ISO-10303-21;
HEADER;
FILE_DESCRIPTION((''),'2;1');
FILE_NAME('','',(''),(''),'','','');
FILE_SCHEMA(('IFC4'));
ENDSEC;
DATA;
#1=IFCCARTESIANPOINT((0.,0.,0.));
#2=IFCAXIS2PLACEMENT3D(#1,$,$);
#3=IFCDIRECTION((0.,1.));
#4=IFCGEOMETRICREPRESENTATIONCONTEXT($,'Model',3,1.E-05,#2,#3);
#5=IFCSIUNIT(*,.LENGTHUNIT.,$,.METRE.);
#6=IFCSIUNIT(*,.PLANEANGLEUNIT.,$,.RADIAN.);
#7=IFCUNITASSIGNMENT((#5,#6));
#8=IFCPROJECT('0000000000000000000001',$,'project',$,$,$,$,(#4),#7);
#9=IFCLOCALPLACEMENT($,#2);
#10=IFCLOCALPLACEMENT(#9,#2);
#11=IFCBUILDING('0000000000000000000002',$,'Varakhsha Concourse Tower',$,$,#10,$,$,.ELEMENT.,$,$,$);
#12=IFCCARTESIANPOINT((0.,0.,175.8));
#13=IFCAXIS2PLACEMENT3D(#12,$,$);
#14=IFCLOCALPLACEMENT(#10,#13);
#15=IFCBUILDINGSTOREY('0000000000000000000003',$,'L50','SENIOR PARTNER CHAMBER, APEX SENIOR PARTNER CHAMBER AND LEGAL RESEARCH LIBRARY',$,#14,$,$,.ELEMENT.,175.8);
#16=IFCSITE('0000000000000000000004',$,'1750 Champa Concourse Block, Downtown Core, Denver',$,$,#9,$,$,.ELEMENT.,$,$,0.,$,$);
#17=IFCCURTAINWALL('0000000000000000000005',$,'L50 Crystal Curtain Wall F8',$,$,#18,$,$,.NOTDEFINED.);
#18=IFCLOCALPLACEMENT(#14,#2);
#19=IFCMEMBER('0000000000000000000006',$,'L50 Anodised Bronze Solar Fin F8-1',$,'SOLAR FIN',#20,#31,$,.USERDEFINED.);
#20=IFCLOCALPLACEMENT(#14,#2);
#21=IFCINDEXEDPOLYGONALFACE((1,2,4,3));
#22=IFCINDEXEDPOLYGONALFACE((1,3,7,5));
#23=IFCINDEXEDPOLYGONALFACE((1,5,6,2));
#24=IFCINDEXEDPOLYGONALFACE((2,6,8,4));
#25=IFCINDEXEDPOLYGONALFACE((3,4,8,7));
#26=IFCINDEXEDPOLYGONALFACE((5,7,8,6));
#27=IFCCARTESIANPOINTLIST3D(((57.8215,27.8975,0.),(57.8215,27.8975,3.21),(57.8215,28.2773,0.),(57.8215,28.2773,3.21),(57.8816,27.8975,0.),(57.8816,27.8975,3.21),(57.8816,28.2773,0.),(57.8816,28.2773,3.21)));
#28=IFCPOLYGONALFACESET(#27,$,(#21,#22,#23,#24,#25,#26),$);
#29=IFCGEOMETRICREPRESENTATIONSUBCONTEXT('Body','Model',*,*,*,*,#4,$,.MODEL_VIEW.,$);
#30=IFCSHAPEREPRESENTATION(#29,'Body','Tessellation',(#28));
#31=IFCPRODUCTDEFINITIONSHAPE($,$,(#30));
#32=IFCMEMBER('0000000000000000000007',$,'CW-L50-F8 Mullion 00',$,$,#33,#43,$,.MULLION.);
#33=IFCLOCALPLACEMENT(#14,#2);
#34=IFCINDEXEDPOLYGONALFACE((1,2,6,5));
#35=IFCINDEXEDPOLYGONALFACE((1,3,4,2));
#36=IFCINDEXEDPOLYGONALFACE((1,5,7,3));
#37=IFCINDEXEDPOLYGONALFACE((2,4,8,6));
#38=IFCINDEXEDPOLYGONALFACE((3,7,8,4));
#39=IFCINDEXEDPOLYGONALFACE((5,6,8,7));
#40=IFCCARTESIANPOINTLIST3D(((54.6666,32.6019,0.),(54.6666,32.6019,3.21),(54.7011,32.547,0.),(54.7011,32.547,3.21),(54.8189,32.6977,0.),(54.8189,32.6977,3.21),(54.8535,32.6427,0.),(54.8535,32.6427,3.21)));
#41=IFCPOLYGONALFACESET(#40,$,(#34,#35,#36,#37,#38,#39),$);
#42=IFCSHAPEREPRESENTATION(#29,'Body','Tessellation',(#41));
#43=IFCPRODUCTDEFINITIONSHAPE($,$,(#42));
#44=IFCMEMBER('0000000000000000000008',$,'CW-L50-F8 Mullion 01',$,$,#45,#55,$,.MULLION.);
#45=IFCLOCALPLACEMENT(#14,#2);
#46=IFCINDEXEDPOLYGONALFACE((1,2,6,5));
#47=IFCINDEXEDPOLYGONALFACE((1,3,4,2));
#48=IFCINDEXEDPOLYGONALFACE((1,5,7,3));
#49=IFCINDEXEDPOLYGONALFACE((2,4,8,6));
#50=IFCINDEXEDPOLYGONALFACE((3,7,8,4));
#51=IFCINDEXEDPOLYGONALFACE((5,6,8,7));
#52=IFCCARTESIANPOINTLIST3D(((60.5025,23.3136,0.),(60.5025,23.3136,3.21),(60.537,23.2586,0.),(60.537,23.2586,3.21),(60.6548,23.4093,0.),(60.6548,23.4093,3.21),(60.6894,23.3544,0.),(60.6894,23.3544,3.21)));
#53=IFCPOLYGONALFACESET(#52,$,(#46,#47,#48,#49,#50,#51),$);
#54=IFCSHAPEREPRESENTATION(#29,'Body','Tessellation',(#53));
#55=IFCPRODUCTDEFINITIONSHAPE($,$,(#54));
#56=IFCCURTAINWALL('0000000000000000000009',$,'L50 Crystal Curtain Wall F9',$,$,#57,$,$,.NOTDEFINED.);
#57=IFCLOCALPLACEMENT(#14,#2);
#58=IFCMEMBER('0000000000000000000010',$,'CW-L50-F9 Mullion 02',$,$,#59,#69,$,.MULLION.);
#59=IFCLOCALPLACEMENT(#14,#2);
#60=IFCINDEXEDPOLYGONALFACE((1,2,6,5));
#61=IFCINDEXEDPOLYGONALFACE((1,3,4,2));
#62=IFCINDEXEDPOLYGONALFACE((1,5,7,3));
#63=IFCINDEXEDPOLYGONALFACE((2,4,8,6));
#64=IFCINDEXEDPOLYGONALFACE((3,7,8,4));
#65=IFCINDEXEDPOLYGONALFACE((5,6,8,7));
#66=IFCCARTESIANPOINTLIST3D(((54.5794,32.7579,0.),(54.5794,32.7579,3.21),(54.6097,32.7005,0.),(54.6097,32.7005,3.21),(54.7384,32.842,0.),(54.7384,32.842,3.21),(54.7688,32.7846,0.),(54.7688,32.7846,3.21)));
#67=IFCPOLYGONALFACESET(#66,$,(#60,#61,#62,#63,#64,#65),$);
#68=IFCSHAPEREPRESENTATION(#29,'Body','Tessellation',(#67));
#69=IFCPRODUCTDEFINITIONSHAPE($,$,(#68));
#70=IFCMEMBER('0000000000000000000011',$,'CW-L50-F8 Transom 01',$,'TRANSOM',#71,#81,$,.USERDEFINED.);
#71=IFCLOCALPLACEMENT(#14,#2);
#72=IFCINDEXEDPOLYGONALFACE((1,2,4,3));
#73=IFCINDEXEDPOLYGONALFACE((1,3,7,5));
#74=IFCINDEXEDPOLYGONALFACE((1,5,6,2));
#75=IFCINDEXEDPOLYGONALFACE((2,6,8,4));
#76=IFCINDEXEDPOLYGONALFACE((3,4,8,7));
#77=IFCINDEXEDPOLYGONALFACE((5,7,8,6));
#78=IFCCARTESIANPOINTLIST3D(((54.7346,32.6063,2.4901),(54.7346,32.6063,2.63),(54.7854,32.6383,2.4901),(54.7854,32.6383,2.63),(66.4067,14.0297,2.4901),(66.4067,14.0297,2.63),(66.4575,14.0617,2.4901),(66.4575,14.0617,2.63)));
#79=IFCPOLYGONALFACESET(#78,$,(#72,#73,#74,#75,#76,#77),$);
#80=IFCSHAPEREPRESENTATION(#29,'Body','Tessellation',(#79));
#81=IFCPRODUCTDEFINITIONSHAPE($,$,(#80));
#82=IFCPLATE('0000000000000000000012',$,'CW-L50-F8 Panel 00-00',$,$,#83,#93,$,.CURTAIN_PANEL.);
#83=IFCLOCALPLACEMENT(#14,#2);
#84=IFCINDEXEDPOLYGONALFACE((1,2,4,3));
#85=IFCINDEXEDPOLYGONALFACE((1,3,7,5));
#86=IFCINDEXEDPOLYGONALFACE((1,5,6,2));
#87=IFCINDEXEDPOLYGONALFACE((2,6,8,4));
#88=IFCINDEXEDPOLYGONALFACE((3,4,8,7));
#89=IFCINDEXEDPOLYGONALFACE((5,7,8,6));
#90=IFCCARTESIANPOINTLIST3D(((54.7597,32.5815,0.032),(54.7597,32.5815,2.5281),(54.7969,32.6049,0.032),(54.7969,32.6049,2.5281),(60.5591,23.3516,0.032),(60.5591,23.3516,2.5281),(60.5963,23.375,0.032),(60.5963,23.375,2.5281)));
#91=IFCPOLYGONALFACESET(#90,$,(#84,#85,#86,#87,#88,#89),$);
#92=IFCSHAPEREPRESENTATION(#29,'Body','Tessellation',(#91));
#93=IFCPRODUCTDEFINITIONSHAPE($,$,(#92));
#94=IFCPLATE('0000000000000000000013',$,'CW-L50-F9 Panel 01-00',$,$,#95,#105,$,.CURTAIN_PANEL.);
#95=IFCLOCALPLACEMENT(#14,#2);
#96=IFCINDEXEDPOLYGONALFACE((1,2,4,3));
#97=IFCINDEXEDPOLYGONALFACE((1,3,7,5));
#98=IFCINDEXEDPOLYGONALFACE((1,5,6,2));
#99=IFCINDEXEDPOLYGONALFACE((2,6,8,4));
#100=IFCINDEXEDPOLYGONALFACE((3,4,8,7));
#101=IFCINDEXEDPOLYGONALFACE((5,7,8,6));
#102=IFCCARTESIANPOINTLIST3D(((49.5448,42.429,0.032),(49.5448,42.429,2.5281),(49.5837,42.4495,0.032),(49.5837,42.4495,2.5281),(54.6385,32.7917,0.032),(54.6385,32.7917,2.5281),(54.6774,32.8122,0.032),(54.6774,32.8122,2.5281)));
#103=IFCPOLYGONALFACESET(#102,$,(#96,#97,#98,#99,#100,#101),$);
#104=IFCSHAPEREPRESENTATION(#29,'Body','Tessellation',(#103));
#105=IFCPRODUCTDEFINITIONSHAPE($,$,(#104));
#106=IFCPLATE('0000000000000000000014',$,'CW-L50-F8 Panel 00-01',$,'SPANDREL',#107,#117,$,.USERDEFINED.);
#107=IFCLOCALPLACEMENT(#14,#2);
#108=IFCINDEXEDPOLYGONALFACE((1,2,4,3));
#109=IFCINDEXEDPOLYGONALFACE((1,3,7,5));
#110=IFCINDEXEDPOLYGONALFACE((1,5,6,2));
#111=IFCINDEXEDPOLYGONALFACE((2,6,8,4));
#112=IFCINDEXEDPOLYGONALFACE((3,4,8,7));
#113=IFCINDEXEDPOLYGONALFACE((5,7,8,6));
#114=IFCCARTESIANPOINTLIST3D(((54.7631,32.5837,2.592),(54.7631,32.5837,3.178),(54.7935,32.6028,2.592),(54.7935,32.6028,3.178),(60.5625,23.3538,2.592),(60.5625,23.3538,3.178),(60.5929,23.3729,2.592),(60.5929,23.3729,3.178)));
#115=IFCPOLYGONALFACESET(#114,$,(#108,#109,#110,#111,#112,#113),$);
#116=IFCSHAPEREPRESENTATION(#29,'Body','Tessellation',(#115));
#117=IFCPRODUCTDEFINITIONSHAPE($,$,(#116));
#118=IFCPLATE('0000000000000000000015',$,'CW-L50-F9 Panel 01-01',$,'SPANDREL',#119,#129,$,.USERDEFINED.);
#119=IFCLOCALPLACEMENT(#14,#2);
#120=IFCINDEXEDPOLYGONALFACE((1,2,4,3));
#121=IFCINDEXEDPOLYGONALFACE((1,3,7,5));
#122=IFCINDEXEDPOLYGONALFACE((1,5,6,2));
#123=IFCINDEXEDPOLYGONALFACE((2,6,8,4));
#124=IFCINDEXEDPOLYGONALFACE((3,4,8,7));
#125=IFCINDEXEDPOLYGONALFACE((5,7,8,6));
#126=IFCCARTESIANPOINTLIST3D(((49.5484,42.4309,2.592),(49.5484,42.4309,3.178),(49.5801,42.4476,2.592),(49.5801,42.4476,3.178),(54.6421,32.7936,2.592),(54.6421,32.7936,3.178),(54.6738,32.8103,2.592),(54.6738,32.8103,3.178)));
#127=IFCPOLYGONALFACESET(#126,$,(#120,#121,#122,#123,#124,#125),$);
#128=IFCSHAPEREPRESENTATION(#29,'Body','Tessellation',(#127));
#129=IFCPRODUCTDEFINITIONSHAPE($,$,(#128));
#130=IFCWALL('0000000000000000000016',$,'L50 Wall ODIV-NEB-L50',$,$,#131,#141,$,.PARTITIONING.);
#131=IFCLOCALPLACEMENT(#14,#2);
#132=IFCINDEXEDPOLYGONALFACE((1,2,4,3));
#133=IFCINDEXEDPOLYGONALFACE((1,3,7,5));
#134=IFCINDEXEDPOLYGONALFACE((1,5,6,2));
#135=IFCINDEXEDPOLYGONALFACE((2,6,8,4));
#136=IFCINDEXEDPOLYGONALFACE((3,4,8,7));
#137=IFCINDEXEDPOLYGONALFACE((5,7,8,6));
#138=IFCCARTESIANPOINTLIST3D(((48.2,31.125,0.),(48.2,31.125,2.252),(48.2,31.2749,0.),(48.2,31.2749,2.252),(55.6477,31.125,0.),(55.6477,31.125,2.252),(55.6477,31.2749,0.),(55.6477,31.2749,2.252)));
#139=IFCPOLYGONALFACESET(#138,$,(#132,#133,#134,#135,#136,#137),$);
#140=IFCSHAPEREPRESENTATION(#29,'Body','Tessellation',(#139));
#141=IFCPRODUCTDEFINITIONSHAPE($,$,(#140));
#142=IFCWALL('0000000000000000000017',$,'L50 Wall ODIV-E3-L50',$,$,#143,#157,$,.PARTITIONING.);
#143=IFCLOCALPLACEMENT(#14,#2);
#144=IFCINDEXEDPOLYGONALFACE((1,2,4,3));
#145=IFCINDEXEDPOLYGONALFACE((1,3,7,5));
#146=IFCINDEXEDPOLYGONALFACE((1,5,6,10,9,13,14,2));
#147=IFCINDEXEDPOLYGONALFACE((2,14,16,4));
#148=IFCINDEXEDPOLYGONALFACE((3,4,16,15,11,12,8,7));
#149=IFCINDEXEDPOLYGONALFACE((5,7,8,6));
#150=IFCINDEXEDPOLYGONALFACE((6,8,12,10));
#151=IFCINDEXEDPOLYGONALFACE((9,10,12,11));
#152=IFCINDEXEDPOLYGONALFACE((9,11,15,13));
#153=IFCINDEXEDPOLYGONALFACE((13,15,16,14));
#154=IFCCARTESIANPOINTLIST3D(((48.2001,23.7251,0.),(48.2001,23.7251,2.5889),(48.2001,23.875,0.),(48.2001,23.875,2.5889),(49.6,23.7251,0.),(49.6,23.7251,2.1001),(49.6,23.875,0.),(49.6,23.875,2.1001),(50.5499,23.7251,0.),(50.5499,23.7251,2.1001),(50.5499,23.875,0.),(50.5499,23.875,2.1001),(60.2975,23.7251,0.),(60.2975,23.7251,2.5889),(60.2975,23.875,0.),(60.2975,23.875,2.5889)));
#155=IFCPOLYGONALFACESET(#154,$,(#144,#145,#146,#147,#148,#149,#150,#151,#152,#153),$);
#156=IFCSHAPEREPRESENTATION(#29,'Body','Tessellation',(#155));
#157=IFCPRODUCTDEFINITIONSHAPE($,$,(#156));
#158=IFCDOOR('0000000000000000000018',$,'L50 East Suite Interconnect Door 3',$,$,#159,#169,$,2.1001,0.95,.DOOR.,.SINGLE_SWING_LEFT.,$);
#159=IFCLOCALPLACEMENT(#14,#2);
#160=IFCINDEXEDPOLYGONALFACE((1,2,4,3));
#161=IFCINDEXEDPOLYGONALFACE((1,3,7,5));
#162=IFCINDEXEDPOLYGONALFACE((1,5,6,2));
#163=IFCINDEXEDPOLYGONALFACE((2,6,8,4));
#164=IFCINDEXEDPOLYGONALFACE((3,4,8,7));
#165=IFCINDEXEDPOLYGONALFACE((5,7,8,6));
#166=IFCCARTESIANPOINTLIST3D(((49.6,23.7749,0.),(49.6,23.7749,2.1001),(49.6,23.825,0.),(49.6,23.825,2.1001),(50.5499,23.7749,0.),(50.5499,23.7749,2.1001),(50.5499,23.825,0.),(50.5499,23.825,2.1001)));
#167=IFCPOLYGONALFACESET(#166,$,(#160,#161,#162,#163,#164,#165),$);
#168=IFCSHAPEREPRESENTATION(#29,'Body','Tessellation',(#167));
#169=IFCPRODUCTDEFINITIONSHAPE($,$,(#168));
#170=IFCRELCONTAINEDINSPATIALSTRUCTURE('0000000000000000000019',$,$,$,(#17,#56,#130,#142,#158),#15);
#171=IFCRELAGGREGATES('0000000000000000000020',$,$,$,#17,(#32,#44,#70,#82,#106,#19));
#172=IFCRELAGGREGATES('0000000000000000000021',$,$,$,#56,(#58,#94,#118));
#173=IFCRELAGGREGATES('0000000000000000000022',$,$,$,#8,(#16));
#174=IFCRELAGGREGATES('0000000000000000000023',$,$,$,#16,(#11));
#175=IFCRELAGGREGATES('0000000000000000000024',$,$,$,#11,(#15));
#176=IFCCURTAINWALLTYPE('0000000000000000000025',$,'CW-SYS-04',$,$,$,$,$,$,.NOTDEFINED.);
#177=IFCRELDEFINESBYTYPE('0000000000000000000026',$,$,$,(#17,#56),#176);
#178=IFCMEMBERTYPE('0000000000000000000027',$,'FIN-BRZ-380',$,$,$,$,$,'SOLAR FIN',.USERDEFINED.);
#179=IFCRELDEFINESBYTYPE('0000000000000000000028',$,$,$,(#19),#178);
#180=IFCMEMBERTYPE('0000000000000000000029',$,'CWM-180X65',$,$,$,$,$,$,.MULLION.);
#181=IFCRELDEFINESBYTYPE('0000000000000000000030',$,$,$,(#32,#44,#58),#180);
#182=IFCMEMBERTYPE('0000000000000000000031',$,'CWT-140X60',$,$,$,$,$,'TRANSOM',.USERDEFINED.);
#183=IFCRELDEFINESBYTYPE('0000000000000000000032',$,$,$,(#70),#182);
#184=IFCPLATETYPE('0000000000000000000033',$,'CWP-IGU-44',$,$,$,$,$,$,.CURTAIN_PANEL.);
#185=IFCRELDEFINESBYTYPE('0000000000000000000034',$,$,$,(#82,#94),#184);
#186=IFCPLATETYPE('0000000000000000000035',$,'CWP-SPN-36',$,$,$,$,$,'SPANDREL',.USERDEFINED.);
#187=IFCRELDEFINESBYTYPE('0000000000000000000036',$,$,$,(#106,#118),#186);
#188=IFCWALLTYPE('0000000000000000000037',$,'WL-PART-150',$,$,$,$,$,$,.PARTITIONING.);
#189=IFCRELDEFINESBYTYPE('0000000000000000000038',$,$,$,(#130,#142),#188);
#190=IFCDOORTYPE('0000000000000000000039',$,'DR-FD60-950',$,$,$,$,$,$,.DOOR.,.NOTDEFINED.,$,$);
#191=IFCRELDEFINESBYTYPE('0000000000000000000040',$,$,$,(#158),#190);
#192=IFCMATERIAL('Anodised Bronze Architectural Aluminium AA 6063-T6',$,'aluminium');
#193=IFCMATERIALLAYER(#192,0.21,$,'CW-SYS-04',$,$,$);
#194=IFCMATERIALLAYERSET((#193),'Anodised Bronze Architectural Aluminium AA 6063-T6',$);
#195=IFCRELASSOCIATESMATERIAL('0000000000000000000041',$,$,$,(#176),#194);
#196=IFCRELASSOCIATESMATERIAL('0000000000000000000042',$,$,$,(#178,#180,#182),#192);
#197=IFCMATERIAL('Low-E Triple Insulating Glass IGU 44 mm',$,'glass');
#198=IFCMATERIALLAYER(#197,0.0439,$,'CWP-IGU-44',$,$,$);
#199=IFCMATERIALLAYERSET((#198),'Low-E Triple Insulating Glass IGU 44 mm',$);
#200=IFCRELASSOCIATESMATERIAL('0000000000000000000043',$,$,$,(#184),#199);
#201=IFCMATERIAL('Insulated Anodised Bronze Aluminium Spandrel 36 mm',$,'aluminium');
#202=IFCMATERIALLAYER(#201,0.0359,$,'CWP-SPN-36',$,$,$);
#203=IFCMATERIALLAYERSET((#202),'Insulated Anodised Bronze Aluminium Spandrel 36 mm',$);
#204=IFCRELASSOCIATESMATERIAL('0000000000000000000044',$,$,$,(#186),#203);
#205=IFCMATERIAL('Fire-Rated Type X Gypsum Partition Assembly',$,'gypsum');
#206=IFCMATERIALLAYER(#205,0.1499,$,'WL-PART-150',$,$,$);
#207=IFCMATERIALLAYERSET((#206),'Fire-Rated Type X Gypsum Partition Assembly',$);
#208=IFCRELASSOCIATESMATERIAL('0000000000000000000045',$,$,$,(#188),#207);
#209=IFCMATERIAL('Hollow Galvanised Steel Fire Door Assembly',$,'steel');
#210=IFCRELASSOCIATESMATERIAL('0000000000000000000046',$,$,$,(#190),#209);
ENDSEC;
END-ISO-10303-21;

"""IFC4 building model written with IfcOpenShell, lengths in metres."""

from ifc_helpers import new_model, si_unit, direction, frame, frame_2d, origin, origin_2d, place, context, subcontext, project, spatial, rectangle, extrude, source, transform, mapped, material, layer, layer_set, material_profile, profile_set, type_object, type_shapes, element, fill, aggregate, save


model = new_model("IFC4")

# Units and contexts
model_context = context("Model", 3, precision=1e-05, world=origin(), true_north=direction((0.0, 1.0)))
body_context = subcontext(model_context, "Body", "Model", "MODEL_VIEW")
ifc_project = project(units=[si_unit("LENGTHUNIT", "METRE"), si_unit("PLANEANGLEUNIT", "RADIAN")], contexts=[model_context])

# Site, building, storey
site_placement = place(None, origin())
site = spatial("IfcSite", under=ifc_project, at=site_placement, Name="1750 Champa Concourse Block, Downtown Core, Denver", CompositionType="ELEMENT", RefElevation=0.0)
building_placement = place(site_placement, origin())
building = spatial("IfcBuilding", under=site, at=building_placement, Name="Varakhsha Concourse Tower", CompositionType="ELEMENT")
storey_placement = place(building_placement, frame((0.0, 0.0, 175.8)))
storey = spatial("IfcBuildingStorey", under=building, at=storey_placement, Name="L50", Description="SENIOR PARTNER CHAMBER, APEX SENIOR PARTNER CHAMBER AND LEGAL RESEARCH LIBRARY", CompositionType="ELEMENT", Elevation=175.8)

# Curtain wall, members
ifc_material_1 = material(Name="Anodised Bronze Architectural Aluminium AA 6063-T6", Category="aluminium")
ifc_layer_1 = layer(ifc_material_1, 0.21, Name="CW-SYS-04")
ifc_layer_set_1 = layer_set([ifc_layer_1], Name="Anodised Bronze Architectural Aluminium AA 6063-T6")
curtain_wall_type = type_object("IfcCurtainWallType", Name="CW-SYS-04", PredefinedType="NOTDEFINED", material=ifc_layer_set_1)
curtain_wall_1_placement = place(storey_placement, origin())
curtain_wall_1 = element("IfcCurtainWall", 1, at=curtain_wall_1_placement, inside=storey, type_object=curtain_wall_type, Name="L50 Crystal Curtain Wall F8", PredefinedType="NOTDEFINED")
ifc_material_profile_1 = material_profile(ifc_material_1, rectangle(XDim=0.0601, YDim=0.3799, at=origin_2d()), Name="FIN-BRZ-380")
ifc_profile_set_1 = profile_set([ifc_material_profile_1], Name="Anodised Bronze Architectural Aluminium AA 6063-T6")
member_type_1 = type_object("IfcMemberType", Name="FIN-BRZ-380", ElementType="SOLAR FIN", PredefinedType="USERDEFINED", material=ifc_profile_set_1)
shared_shape_1 = source(origin(), body_context, "Body", "SweptSolid", [
    extrude(rectangle(XDim=0.0601, YDim=0.3799, at=origin_2d()), origin(), (0.0, 0.0, 1.0), 3.21),
])
type_shapes(member_type_1, [shared_shape_1])
member_1_placement = place(storey_placement, frame((57.8516, 28.0874, 0.0), z_axis=(0.0, 0.0, 1.0), x_axis=(1.0, 0.0, 0.0)))
member_1 = element("IfcMember", 2, at=member_1_placement, type_object=member_type_1, Name="L50 Anodised Bronze Solar Fin F8-1", ObjectType="SOLAR FIN", PredefinedType="USERDEFINED", context=body_context, shape_type="MappedRepresentation", body=[
    mapped(shared_shape_1, transform((0.0, 0.0, 0.0), scale=1.0)),
])
ifc_material_profile_2 = material_profile(ifc_material_1, rectangle(XDim=0.0649, YDim=0.1799, at=origin_2d()), Name="CWM-180X65")
ifc_profile_set_2 = profile_set([ifc_material_profile_2], Name="Anodised Bronze Architectural Aluminium AA 6063-T6")
member_type_2 = type_object("IfcMemberType", Name="CWM-180X65", PredefinedType="MULLION", material=ifc_profile_set_2)
shared_shape_2 = source(origin(), body_context, "Body", "SweptSolid", [
    extrude(rectangle(XDim=0.0649, YDim=0.1799, at=origin_2d()), origin(), (0.0, 0.0, 1.0), 3.21),
])
type_shapes(member_type_2, [shared_shape_2])
member_2_placement = place(storey_placement, frame((54.76, 32.6223, 0.0), z_axis=(0.0, 0.0, 1.0), x_axis=(0.532022, -0.84673, 0.0)))
member_2 = element("IfcMember", 3, at=member_2_placement, type_object=member_type_2, Name="CW-L50-F8 Mullion 00", PredefinedType="MULLION", context=body_context, shape_type="MappedRepresentation", body=[
    mapped(shared_shape_2, transform((0.0, 0.0, 0.0), scale=1.0)),
])
member_3_placement = place(storey_placement, frame((60.5959, 23.334, 0.0), z_axis=(0.0, 0.0, 1.0), x_axis=(0.532022, -0.84673, 0.0)))
member_3 = element("IfcMember", 4, at=member_3_placement, type_object=member_type_2, Name="CW-L50-F8 Mullion 01", PredefinedType="MULLION", context=body_context, shape_type="MappedRepresentation", body=[
    mapped(shared_shape_2, transform((0.0, 0.0, 0.0), scale=1.0)),
])

# Curtain wall, member
curtain_wall_2_placement = place(storey_placement, origin())
curtain_wall_2 = element("IfcCurtainWall", 5, at=curtain_wall_2_placement, inside=storey, type_object=curtain_wall_type, Name="L50 Crystal Curtain Wall F9", PredefinedType="NOTDEFINED")
member_4_placement = place(storey_placement, frame((54.6741, 32.7712, 0.0), z_axis=(0.0, 0.0, 1.0), x_axis=(0.467286, -0.884106, 0.0)))
member_4 = element("IfcMember", 6, at=member_4_placement, type_object=member_type_2, Name="CW-L50-F9 Mullion 02", PredefinedType="MULLION", context=body_context, shape_type="MappedRepresentation", body=[
    mapped(shared_shape_2, transform((0.0, 0.0, 0.0), scale=1.0)),
])

# Member
ifc_material_profile_3 = material_profile(ifc_material_1, rectangle(XDim=0.0601, YDim=0.1399, at=origin_2d()), Name="CWT-140X60")
ifc_profile_set_3 = profile_set([ifc_material_profile_3], Name="Anodised Bronze Architectural Aluminium AA 6063-T6")
member_type_3 = type_object("IfcMemberType", Name="CWT-140X60", ElementType="TRANSOM", PredefinedType="USERDEFINED", material=ifc_profile_set_3)
shared_shape_3 = source(origin(), body_context, "Body", "SweptSolid", [
    extrude(rectangle(XDim=0.0601, YDim=0.1399, at=origin_2d()), origin(), (0.0, 0.0, 1.0), 21.9392),
])
type_shapes(member_type_3, [shared_shape_3])
member_5_placement = place(storey_placement, frame((54.76, 32.6223, 2.5601), z_axis=(0.53202, -0.846732, 0.0), x_axis=(0.846732, 0.53202, 0.0)))
member_5 = element("IfcMember", 7, at=member_5_placement, type_object=member_type_3, Name="CW-L50-F8 Transom 01", ObjectType="TRANSOM", PredefinedType="USERDEFINED", context=body_context, shape_type="MappedRepresentation", body=[
    mapped(shared_shape_3, transform((0.0, 0.0, 0.0), scale=1.0)),
])

# Plates
ifc_material_2 = material(Name="Low-E Triple Insulating Glass IGU 44 mm", Category="glass")
ifc_layer_2 = layer(ifc_material_2, 0.0439, Name="CWP-IGU-44")
ifc_layer_set_2 = layer_set([ifc_layer_2], Name="Low-E Triple Insulating Glass IGU 44 mm")
plate_type_1 = type_object("IfcPlateType", Name="CWP-IGU-44", PredefinedType="CURTAIN_PANEL", material=ifc_layer_set_2)
shared_shape_4 = source(origin(), body_context, "Body", "SweptSolid", [
    extrude(rectangle(XDim=10.9006, YDim=0.0439, at=origin_2d()), origin(), (0.0, 0.0, 1.0), 2.4961),
])
type_shapes(plate_type_1, [shared_shape_4])
plate_1_placement = place(storey_placement, frame((57.678, 27.9783, 0.032), z_axis=(0.0, 0.0, 1.0), x_axis=(0.532022, -0.84673, 0.0)))
plate_1 = element("IfcPlate", 8, at=plate_1_placement, type_object=plate_type_1, Name="CW-L50-F8 Panel 00-00", PredefinedType="CURTAIN_PANEL", context=body_context, shape_type="MappedRepresentation", body=[
    mapped(shared_shape_4, transform((0.0, 0.0, 0.0), scale=1.0)),
])
plate_2_placement = place(storey_placement, frame((52.1111, 37.6206, 0.032), z_axis=(0.0, 0.0, 1.0), x_axis=(0.467286, -0.884106, 0.0)))
plate_2 = element("IfcPlate", 9, at=plate_2_placement, type_object=plate_type_1, Name="CW-L50-F9 Panel 01-00", PredefinedType="CURTAIN_PANEL", context=body_context, shape_type="MappedRepresentation", body=[
    mapped(shared_shape_4, transform((0.0, 0.0, 0.0), scale=1.0)),
])
ifc_material_3 = material(Name="Insulated Anodised Bronze Aluminium Spandrel 36 mm", Category="aluminium")
ifc_layer_3 = layer(ifc_material_3, 0.0359, Name="CWP-SPN-36")
ifc_layer_set_3 = layer_set([ifc_layer_3], Name="Insulated Anodised Bronze Aluminium Spandrel 36 mm")
plate_type_2 = type_object("IfcPlateType", Name="CWP-SPN-36", ElementType="SPANDREL", PredefinedType="USERDEFINED", material=ifc_layer_set_3)
shared_shape_5 = source(origin(), body_context, "Body", "SweptSolid", [
    extrude(rectangle(XDim=10.9006, YDim=0.0359, at=origin_2d()), origin(), (0.0, 0.0, 1.0), 0.5859),
])
type_shapes(plate_type_2, [shared_shape_5])
plate_3_placement = place(storey_placement, frame((57.678, 27.9783, 2.592), z_axis=(0.0, 0.0, 1.0), x_axis=(0.532022, -0.84673, 0.0)))
plate_3 = element("IfcPlate", 10, at=plate_3_placement, type_object=plate_type_2, Name="CW-L50-F8 Panel 00-01", ObjectType="SPANDREL", PredefinedType="USERDEFINED", context=body_context, shape_type="MappedRepresentation", body=[
    mapped(shared_shape_5, transform((0.0, 0.0, 0.0), scale=1.0)),
])
aggregate(curtain_wall_1, [member_2, member_3, member_5, plate_1, plate_3, member_1])
plate_4_placement = place(storey_placement, frame((52.1111, 37.6206, 2.592), z_axis=(0.0, 0.0, 1.0), x_axis=(0.467286, -0.884106, 0.0)))
plate_4 = element("IfcPlate", 11, at=plate_4_placement, type_object=plate_type_2, Name="CW-L50-F9 Panel 01-01", ObjectType="SPANDREL", PredefinedType="USERDEFINED", context=body_context, shape_type="MappedRepresentation", body=[
    mapped(shared_shape_5, transform((0.0, 0.0, 0.0), scale=1.0)),
])
aggregate(curtain_wall_2, [member_4, plate_2, plate_4])

# Wall
ifc_material_4 = material(Name="Fire-Rated Type X Gypsum Partition Assembly", Category="gypsum")
ifc_layer_4 = layer(ifc_material_4, 0.1499, Name="WL-PART-150")
ifc_layer_set_4 = layer_set([ifc_layer_4], Name="Fire-Rated Type X Gypsum Partition Assembly")
wall_type_1 = type_object("IfcWallType", Name="WL-PART-150", PredefinedType="PARTITIONING", material=ifc_layer_set_4)
wall_1_placement = place(storey_placement, frame((48.2, 31.2, 0.0), z_axis=(0.0, 0.0, 1.0), x_axis=(1.0, 0.0, 0.0)))
element("IfcWall", 12, at=wall_1_placement, inside=storey, type_object=wall_type_1, Name="L50 Wall ODIV-NEB-L50", PredefinedType="PARTITIONING", context=body_context, shape_type="SweptSolid", body=[
    extrude(rectangle(XDim=7.4478, YDim=0.1499, at=frame_2d((3.7239, 0.0))), origin(), (0.0, 0.0, 1.0), 2.252),
])

# Wall, opening, door
wall_2_placement = place(storey_placement, frame((48.2, 23.8, 0.0), z_axis=(0.0, 0.0, 1.0), x_axis=(1.0, 0.0, 0.0)))
wall_2 = element("IfcWall", 13, at=wall_2_placement, inside=storey, type_object=wall_type_1, Name="L50 Wall ODIV-E3-L50", PredefinedType="PARTITIONING", context=body_context, shape_type="SweptSolid", body=[
    extrude(rectangle(XDim=12.0974, YDim=0.1499, at=frame_2d((6.0488, 0.0))), origin(), (0.0, 0.0, 1.0), 2.5889),
])
opening_placement = place(wall_2_placement, frame((1.3999, 0.0, 0.0)))
opening = element("IfcOpeningElement", 14, at=opening_placement, cuts=wall_2, PredefinedType="OPENING", context=body_context, shape_type="SweptSolid", body=[
    extrude(rectangle(XDim=0.95, YDim=2.1001, at=frame_2d((0.4751, 1.05))), frame((0.0, 0.085, 0.0), z_axis=(0.0, -1.0, 0.0), x_axis=(1.0, 0.0, 0.0)), (0.0, 0.0, 1.0), 0.1699),
])
ifc_material_5 = material(Name="Hollow Galvanised Steel Fire Door Assembly", Category="steel")
door_type = type_object("IfcDoorType", Name="DR-FD60-950", OperationType="NOTDEFINED", PredefinedType="DOOR", material=ifc_material_5)
door_placement = place(opening_placement, origin())
door = element("IfcDoor", 15, at=door_placement, inside=storey, type_object=door_type, Name="L50 East Suite Interconnect Door 3", OperationType="SINGLE_SWING_LEFT", OverallHeight=2.1001, OverallWidth=0.95, PredefinedType="DOOR", context=body_context, shape_type="SweptSolid", body=[
    extrude(rectangle(XDim=0.95, YDim=2.1001, at=frame_2d((0.4751, 1.05))), frame((0.0, 0.0249, 0.0), z_axis=(0.0, -1.0, 0.0), x_axis=(1.0, 0.0, 0.0)), (0.0, 0.0, 1.0), 0.05),
])
fill(opening, door)

save(model, "model.ifc")
